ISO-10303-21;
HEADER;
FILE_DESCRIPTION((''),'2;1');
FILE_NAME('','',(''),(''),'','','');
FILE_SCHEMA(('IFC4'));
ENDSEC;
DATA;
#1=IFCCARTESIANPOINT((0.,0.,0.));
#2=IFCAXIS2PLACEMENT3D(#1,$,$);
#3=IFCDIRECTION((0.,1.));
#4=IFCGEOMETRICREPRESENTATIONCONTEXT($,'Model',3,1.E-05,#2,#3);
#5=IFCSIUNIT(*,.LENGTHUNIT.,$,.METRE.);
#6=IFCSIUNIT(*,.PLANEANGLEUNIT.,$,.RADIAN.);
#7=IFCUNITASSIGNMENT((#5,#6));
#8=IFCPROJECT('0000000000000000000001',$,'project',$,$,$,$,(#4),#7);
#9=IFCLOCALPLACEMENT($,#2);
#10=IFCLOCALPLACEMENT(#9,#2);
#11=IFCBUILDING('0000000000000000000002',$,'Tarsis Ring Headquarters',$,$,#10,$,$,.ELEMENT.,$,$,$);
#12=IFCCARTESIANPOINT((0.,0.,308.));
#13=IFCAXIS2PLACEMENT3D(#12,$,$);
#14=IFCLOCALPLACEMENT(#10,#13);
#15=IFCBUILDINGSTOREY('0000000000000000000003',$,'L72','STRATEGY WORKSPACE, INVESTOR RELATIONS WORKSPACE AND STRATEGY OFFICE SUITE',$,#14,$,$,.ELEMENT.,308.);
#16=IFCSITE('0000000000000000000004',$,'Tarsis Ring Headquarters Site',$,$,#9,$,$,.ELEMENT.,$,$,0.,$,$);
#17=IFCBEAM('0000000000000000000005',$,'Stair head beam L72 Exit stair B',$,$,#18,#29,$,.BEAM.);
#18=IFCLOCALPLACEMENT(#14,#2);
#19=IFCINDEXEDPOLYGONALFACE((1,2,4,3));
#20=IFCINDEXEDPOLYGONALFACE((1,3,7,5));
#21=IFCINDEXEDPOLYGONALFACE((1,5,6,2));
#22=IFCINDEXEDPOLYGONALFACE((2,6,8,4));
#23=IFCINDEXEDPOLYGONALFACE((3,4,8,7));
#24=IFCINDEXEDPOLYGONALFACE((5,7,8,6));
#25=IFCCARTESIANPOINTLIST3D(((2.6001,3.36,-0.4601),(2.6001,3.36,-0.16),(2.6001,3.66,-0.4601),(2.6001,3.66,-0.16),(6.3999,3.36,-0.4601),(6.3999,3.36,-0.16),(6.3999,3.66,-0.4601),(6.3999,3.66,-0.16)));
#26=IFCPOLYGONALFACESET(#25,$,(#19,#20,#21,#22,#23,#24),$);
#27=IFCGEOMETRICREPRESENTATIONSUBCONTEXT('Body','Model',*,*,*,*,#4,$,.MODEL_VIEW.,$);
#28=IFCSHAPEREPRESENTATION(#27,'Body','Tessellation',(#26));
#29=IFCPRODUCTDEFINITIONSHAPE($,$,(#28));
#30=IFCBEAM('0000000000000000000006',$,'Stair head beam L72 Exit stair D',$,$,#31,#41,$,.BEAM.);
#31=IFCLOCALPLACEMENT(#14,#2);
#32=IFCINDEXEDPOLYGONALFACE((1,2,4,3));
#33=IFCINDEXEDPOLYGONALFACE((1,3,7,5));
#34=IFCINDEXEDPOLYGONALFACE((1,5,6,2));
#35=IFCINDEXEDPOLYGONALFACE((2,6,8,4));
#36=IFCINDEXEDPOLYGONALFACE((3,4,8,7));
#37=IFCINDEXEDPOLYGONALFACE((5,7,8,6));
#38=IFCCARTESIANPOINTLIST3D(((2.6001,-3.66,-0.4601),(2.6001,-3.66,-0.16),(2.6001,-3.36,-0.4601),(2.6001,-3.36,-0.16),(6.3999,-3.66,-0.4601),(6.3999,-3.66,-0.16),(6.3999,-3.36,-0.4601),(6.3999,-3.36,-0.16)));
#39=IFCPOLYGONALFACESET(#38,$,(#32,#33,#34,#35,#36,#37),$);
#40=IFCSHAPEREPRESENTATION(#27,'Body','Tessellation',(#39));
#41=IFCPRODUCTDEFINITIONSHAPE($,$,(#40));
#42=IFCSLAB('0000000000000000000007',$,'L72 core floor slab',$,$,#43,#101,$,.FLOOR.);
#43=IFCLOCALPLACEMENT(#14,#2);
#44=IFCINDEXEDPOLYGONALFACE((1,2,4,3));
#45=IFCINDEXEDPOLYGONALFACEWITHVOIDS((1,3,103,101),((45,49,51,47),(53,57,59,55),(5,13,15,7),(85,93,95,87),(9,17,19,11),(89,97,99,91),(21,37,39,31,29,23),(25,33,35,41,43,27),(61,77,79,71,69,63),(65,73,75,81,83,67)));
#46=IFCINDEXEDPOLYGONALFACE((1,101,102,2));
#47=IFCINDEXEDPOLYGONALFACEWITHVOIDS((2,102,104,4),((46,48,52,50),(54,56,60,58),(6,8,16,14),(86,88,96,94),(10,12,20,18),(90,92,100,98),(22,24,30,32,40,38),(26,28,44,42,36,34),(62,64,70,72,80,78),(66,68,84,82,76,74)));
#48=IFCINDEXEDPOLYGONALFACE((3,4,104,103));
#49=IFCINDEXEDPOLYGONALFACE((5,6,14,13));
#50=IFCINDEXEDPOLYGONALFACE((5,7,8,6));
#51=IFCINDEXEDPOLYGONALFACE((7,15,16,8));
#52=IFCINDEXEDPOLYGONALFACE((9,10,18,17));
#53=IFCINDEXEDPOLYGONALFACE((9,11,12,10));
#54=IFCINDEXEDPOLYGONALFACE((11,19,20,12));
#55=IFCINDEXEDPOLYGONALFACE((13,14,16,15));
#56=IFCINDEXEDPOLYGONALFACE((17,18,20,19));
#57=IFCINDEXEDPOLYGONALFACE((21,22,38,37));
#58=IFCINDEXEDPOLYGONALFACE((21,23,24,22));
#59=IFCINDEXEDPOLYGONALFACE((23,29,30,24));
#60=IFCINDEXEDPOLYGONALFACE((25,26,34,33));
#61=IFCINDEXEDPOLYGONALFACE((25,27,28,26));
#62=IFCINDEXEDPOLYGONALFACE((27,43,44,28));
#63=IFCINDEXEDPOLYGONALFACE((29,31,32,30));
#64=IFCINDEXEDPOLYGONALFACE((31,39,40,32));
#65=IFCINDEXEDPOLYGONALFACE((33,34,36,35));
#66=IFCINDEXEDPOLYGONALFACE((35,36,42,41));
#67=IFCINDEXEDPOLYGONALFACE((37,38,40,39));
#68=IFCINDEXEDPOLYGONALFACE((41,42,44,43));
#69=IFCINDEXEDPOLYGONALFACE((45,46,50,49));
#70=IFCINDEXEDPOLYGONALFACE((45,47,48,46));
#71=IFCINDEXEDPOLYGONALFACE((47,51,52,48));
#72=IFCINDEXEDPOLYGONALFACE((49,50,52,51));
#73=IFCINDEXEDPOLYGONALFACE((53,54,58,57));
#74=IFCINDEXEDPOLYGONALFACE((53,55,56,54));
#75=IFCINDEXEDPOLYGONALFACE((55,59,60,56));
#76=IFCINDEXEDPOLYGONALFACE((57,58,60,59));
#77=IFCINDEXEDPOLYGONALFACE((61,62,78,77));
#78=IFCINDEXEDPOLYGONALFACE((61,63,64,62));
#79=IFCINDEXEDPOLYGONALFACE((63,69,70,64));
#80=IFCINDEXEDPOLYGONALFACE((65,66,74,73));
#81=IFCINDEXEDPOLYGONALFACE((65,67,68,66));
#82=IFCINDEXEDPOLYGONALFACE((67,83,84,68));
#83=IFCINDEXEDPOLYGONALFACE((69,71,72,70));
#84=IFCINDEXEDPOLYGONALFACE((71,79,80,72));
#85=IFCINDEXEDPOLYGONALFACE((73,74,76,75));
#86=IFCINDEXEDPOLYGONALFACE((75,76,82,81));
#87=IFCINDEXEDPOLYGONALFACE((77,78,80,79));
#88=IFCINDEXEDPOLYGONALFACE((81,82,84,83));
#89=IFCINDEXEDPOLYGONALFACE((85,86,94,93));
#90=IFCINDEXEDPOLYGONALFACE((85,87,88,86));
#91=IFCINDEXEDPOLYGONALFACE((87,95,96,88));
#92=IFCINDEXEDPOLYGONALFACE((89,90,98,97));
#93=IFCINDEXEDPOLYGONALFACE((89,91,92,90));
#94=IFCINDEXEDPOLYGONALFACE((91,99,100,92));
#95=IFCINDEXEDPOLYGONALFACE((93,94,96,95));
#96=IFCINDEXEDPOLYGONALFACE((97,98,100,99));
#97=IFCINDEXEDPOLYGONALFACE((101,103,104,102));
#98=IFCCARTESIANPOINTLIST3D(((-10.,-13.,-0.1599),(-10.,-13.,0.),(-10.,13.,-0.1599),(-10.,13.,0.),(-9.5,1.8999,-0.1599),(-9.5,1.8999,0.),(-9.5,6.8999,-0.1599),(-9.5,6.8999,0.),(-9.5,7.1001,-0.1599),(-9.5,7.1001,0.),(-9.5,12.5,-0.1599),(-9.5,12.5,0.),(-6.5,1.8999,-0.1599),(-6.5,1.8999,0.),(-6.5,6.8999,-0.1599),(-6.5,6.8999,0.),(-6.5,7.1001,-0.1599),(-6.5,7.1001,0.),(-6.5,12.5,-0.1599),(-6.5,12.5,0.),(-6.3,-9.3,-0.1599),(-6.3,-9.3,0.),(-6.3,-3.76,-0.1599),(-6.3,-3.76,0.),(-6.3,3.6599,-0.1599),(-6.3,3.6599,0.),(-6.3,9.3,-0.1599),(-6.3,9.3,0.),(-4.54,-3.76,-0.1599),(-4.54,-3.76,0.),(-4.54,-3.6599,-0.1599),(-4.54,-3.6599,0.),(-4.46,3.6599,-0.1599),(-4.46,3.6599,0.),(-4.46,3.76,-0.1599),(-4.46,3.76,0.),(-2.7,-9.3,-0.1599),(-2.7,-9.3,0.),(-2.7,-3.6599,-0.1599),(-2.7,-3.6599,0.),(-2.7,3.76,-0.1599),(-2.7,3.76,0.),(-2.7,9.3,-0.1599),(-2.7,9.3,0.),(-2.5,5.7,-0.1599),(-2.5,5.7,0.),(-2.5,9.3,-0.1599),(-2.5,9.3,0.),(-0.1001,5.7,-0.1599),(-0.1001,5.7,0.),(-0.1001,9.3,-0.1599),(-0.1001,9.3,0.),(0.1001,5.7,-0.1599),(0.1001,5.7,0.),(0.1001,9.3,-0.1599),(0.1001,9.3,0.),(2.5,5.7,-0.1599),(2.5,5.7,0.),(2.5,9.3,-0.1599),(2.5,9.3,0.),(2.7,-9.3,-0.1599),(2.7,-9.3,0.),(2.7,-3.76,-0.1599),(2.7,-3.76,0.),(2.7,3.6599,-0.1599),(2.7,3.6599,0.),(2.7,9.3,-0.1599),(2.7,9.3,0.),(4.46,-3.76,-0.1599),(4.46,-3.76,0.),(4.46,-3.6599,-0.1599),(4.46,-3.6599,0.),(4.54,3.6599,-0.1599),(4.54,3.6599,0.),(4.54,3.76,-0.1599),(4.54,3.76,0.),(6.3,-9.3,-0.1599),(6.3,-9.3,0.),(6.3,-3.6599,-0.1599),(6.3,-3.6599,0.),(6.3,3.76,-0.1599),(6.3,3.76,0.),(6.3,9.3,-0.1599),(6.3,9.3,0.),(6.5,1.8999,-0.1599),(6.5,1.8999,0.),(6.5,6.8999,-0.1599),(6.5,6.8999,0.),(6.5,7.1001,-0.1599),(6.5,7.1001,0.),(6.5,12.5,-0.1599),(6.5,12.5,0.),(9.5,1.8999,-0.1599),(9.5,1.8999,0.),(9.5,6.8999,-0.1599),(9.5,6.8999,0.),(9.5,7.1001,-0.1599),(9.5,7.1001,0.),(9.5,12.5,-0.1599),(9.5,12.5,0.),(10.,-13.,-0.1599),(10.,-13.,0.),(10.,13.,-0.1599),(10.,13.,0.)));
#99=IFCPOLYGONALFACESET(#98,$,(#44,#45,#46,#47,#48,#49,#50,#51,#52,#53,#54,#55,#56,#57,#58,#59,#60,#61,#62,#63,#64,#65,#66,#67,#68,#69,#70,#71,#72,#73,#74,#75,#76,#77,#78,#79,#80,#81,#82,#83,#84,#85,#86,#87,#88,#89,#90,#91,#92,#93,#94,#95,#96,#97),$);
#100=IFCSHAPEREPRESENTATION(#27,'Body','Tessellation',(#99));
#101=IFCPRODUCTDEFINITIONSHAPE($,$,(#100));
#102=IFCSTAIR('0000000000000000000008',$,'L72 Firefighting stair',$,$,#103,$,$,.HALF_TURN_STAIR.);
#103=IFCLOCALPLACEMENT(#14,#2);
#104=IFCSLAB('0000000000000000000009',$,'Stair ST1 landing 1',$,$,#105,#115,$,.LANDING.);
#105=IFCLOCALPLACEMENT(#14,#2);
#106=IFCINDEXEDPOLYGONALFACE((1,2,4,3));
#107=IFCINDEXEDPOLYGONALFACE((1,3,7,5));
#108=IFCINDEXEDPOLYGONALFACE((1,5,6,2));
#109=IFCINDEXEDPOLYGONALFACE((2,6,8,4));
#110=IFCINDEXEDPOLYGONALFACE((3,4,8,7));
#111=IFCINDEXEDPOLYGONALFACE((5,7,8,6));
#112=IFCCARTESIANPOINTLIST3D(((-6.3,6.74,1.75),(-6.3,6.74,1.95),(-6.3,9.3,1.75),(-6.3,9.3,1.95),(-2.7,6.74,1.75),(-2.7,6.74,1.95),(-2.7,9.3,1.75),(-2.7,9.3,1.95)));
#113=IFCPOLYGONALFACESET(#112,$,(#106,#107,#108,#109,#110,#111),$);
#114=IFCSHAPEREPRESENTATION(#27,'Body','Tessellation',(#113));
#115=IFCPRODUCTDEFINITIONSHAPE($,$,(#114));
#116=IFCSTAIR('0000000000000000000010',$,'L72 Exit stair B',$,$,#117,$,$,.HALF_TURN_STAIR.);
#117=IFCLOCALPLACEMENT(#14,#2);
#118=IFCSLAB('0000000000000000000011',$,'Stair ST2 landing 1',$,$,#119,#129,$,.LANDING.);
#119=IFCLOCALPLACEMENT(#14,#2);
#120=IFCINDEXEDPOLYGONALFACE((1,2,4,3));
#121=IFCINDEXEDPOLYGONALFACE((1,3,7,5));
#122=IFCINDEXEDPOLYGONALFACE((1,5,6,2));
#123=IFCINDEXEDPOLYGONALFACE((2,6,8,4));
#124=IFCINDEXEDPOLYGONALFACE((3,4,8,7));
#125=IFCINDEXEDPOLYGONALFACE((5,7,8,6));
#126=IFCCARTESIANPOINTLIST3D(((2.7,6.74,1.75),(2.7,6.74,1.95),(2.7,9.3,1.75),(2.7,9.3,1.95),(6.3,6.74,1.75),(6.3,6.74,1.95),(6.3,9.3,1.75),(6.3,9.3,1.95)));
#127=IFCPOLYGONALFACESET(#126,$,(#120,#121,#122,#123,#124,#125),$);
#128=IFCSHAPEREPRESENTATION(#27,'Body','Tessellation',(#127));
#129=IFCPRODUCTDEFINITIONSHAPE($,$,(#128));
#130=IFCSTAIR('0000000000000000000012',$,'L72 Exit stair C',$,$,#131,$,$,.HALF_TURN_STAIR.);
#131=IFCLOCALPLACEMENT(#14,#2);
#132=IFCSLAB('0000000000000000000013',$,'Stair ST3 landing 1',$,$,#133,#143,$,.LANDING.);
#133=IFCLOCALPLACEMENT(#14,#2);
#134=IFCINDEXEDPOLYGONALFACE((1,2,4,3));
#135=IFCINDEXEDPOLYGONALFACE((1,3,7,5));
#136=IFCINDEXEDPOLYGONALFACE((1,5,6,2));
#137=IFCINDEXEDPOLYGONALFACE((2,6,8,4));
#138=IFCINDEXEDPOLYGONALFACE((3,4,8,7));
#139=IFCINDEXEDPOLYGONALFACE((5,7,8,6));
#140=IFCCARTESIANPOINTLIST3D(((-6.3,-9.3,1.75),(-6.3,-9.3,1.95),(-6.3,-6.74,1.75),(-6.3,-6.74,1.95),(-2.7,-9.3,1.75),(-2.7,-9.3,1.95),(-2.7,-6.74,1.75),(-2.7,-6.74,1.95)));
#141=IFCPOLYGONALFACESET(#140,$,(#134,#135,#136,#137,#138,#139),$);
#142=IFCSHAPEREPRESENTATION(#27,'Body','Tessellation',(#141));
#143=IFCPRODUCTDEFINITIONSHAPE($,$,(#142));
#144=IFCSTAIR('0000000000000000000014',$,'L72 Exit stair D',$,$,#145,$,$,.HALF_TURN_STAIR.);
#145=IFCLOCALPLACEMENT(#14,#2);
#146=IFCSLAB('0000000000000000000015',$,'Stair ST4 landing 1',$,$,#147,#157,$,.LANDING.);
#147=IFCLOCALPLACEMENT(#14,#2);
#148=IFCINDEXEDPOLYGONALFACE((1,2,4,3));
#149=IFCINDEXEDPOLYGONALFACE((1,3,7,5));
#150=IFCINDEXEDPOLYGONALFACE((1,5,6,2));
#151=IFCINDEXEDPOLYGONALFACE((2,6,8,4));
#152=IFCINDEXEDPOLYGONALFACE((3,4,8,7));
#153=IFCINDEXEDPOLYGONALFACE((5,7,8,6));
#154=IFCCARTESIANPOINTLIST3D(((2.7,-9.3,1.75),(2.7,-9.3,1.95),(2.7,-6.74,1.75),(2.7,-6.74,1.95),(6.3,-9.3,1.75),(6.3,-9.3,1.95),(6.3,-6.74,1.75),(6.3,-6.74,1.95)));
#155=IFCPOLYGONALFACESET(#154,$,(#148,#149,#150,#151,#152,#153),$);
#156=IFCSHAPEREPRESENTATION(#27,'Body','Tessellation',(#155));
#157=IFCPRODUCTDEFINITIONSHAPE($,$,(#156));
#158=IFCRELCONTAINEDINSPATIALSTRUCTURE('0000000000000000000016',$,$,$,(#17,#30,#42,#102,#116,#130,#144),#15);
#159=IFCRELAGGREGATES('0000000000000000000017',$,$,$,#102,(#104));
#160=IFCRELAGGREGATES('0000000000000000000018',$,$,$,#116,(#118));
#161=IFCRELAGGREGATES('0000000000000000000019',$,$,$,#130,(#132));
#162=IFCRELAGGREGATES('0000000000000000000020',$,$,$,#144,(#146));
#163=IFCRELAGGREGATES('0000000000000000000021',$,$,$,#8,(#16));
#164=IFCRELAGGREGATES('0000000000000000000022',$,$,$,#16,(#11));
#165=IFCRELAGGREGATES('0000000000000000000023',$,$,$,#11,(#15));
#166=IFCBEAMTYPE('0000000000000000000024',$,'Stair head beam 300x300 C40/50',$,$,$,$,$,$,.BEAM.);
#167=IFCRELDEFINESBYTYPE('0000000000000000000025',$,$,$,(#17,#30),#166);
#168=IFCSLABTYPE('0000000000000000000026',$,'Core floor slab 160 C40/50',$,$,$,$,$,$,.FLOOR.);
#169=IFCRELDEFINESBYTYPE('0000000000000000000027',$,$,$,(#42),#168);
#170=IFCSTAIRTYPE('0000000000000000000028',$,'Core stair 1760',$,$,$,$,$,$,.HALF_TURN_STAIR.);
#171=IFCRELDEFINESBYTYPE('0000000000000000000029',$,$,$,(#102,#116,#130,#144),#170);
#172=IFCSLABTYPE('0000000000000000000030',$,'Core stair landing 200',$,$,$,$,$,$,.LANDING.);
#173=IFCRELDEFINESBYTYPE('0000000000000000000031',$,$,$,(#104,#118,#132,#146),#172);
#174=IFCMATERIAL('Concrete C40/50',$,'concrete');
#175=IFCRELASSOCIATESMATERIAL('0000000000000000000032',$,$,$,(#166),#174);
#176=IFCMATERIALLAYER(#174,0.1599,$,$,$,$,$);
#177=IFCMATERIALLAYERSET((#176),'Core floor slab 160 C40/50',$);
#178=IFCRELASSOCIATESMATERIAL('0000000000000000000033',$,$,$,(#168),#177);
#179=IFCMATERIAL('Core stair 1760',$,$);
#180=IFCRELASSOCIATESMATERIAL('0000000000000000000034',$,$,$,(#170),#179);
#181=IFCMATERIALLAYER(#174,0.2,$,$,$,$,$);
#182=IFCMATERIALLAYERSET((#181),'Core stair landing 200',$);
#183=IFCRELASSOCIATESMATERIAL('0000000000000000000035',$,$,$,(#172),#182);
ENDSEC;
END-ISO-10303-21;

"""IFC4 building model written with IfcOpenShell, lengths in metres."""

from ifc_helpers import new_model, si_unit, direction, frame, origin, origin_2d, place, context, subcontext, project, spatial, polyline, rectangle, outline, extrude, material, layer, layer_set, material_profile, profile_set, type_object, element, aggregate, save


model = new_model("IFC4")

# Units and contexts
model_context = context("Model", 3, precision=1e-05, world=origin(), true_north=direction((0.0, 1.0)))
body_context = subcontext(model_context, "Body", "Model", "MODEL_VIEW")
ifc_project = project(units=[si_unit("LENGTHUNIT", "METRE"), si_unit("PLANEANGLEUNIT", "RADIAN")], contexts=[model_context])

# Site, building, storey
site_placement = place(None, origin())
site = spatial("IfcSite", under=ifc_project, at=site_placement, Name="Tarsis Ring Headquarters Site", CompositionType="ELEMENT", RefElevation=0.0)
building_placement = place(site_placement, origin())
building = spatial("IfcBuilding", under=site, at=building_placement, Name="Tarsis Ring Headquarters", CompositionType="ELEMENT")
storey_placement = place(building_placement, frame((0.0, 0.0, 308.0)))
storey = spatial("IfcBuildingStorey", under=building, at=storey_placement, Name="L72", Description="STRATEGY WORKSPACE, INVESTOR RELATIONS WORKSPACE AND STRATEGY OFFICE SUITE", CompositionType="ELEMENT", Elevation=308.0)

# Beams
ifc_material_1 = material(Name="Concrete C40/50", Category="concrete")
ifc_material_profile = material_profile(ifc_material_1, rectangle(XDim=0.3, YDim=0.3, at=origin_2d()), Name="Stair head beam 300x300 C40/50")
ifc_profile_set = profile_set([ifc_material_profile], Name="Concrete C40/50")
beam_type = type_object("IfcBeamType", Name="Stair head beam 300x300 C40/50", PredefinedType="BEAM", material=ifc_profile_set)
for number, where, z_axis, x_axis, name in (
    (1, (2.6001, 3.51, -0.3101), (1.0, 0.0, 0.0), (0.0, 1.0, 0.0), "Stair head beam L72 Exit stair B"),
    (2, (2.6001, -3.51, -0.3101), (1.0, 0.0, 0.0), (0.0, 1.0, 0.0), "Stair head beam L72 Exit stair D"),
):
    element("IfcBeam", number, at=place(storey_placement, frame(where, z_axis=z_axis, x_axis=x_axis)), inside=storey, type_object=beam_type, Name=name, PredefinedType="BEAM", context=body_context, shape_type="SweptSolid", body=[
        extrude(rectangle(XDim=0.3, YDim=0.3, at=origin_2d()), origin(), (0.0, 0.0, 1.0), 3.7998),
    ])

# Slab
ifc_layer_1 = layer(ifc_material_1, 0.1599)
ifc_layer_set_1 = layer_set([ifc_layer_1], Name="Core floor slab 160 C40/50")
slab_type_1 = type_object("IfcSlabType", Name="Core floor slab 160 C40/50", PredefinedType="FLOOR", material=ifc_layer_set_1)
slab_1_placement = place(storey_placement, frame((0.0, 0.0, -0.1599)))
element("IfcSlab", 3, at=slab_1_placement, inside=storey, type_object=slab_type_1, Name="L72 core floor slab", PredefinedType="FLOOR", context=body_context, shape_type="SweptSolid", body=[
    extrude(outline(polyline([(-10.0, -13.0), (10.0, -13.0), (10.0, 13.0), (-10.0, 13.0), (-10.0, -13.0)]), holes=[polyline([(-2.5, 5.7), (-0.1001, 5.7), (-0.1001, 9.3), (-2.5, 9.3), (-2.5, 5.7)]), polyline([(0.1001, 5.7), (2.5, 5.7), (2.5, 9.3), (0.1001, 9.3), (0.1001, 5.7)]), polyline([(-9.5, 1.8999), (-6.5, 1.8999), (-6.5, 6.8999), (-9.5, 6.8999), (-9.5, 1.8999)]), polyline([(-9.5, 7.1001), (-6.5, 7.1001), (-6.5, 12.5), (-9.5, 12.5), (-9.5, 7.1001)]), polyline([(6.5, 1.8999), (9.5, 1.8999), (9.5, 6.8999), (6.5, 6.8999), (6.5, 1.8999)]), polyline([(6.5, 7.1001), (9.5, 7.1001), (9.5, 12.5), (6.5, 12.5), (6.5, 7.1001)]), polyline([(-2.7, 3.76), (-2.7, 9.3), (-6.3, 9.3), (-6.3, 3.6599), (-4.46, 3.6599), (-4.46, 3.76), (-2.7, 3.76)]), polyline([(6.3, 3.76), (6.3, 9.3), (2.7, 9.3), (2.7, 3.6599), (4.54, 3.6599), (4.54, 3.76), (6.3, 3.76)]), polyline([(-6.3, -3.76), (-6.3, -9.3), (-2.7, -9.3), (-2.7, -3.6599), (-4.54, -3.6599), (-4.54, -3.76), (-6.3, -3.76)]), polyline([(2.7, -3.76), (2.7, -9.3), (6.3, -9.3), (6.3, -3.6599), (4.46, -3.6599), (4.46, -3.76), (2.7, -3.76)])]), origin(), (0.0, 0.0, 1.0), 0.1599),
])

# Stairs, slabs
ifc_material_2 = material(Name="Core stair 1760")
stair_type = type_object("IfcStairType", Name="Core stair 1760", PredefinedType="HALF_TURN_STAIR", material=ifc_material_2)
stair_1_placement = place(storey_placement, origin())
stair_1 = element("IfcStair", 4, at=stair_1_placement, inside=storey, type_object=stair_type, Name="L72 Firefighting stair", PredefinedType="HALF_TURN_STAIR")
ifc_layer_2 = layer(ifc_material_1, 0.2)
ifc_layer_set_2 = layer_set([ifc_layer_2], Name="Core stair landing 200")
slab_type_2 = type_object("IfcSlabType", Name="Core stair landing 200", PredefinedType="LANDING", material=ifc_layer_set_2)
slab_2_placement = place(storey_placement, frame((0.0, 0.0, 1.75)))
slab_2 = element("IfcSlab", 5, at=slab_2_placement, type_object=slab_type_2, Name="Stair ST1 landing 1", PredefinedType="LANDING", context=body_context, shape_type="SweptSolid", body=[
    extrude(outline(polyline([(-2.7, 6.74), (-2.7, 9.3), (-6.3, 9.3), (-6.3, 6.74), (-2.7, 6.74)])), origin(), (0.0, 0.0, 1.0), 0.2),
])
aggregate(stair_1, [slab_2])
stair_2_placement = place(storey_placement, origin())
stair_2 = element("IfcStair", 6, at=stair_2_placement, inside=storey, type_object=stair_type, Name="L72 Exit stair B", PredefinedType="HALF_TURN_STAIR")
slab_3_placement = place(storey_placement, frame((0.0, 0.0, 1.75)))
slab_3 = element("IfcSlab", 7, at=slab_3_placement, type_object=slab_type_2, Name="Stair ST2 landing 1", PredefinedType="LANDING", context=body_context, shape_type="SweptSolid", body=[
    extrude(outline(polyline([(6.3, 6.74), (6.3, 9.3), (2.7, 9.3), (2.7, 6.74), (6.3, 6.74)])), origin(), (0.0, 0.0, 1.0), 0.2),
])
aggregate(stair_2, [slab_3])
stair_3_placement = place(storey_placement, origin())
stair_3 = element("IfcStair", 8, at=stair_3_placement, inside=storey, type_object=stair_type, Name="L72 Exit stair C", PredefinedType="HALF_TURN_STAIR")
slab_4_placement = place(storey_placement, frame((0.0, 0.0, 1.75)))
slab_4 = element("IfcSlab", 9, at=slab_4_placement, type_object=slab_type_2, Name="Stair ST3 landing 1", PredefinedType="LANDING", context=body_context, shape_type="SweptSolid", body=[
    extrude(outline(polyline([(-6.3, -6.74), (-6.3, -9.3), (-2.7, -9.3), (-2.7, -6.74), (-6.3, -6.74)])), origin(), (0.0, 0.0, 1.0), 0.2),
])
aggregate(stair_3, [slab_4])
stair_4_placement = place(storey_placement, origin())
stair_4 = element("IfcStair", 10, at=stair_4_placement, inside=storey, type_object=stair_type, Name="L72 Exit stair D", PredefinedType="HALF_TURN_STAIR")
slab_5_placement = place(storey_placement, frame((0.0, 0.0, 1.75)))
slab_5 = element("IfcSlab", 11, at=slab_5_placement, type_object=slab_type_2, Name="Stair ST4 landing 1", PredefinedType="LANDING", context=body_context, shape_type="SweptSolid", body=[
    extrude(outline(polyline([(2.7, -6.74), (2.7, -9.3), (6.3, -9.3), (6.3, -6.74), (2.7, -6.74)])), origin(), (0.0, 0.0, 1.0), 0.2),
])
aggregate(stair_4, [slab_5])

save(model, "model.ifc")
